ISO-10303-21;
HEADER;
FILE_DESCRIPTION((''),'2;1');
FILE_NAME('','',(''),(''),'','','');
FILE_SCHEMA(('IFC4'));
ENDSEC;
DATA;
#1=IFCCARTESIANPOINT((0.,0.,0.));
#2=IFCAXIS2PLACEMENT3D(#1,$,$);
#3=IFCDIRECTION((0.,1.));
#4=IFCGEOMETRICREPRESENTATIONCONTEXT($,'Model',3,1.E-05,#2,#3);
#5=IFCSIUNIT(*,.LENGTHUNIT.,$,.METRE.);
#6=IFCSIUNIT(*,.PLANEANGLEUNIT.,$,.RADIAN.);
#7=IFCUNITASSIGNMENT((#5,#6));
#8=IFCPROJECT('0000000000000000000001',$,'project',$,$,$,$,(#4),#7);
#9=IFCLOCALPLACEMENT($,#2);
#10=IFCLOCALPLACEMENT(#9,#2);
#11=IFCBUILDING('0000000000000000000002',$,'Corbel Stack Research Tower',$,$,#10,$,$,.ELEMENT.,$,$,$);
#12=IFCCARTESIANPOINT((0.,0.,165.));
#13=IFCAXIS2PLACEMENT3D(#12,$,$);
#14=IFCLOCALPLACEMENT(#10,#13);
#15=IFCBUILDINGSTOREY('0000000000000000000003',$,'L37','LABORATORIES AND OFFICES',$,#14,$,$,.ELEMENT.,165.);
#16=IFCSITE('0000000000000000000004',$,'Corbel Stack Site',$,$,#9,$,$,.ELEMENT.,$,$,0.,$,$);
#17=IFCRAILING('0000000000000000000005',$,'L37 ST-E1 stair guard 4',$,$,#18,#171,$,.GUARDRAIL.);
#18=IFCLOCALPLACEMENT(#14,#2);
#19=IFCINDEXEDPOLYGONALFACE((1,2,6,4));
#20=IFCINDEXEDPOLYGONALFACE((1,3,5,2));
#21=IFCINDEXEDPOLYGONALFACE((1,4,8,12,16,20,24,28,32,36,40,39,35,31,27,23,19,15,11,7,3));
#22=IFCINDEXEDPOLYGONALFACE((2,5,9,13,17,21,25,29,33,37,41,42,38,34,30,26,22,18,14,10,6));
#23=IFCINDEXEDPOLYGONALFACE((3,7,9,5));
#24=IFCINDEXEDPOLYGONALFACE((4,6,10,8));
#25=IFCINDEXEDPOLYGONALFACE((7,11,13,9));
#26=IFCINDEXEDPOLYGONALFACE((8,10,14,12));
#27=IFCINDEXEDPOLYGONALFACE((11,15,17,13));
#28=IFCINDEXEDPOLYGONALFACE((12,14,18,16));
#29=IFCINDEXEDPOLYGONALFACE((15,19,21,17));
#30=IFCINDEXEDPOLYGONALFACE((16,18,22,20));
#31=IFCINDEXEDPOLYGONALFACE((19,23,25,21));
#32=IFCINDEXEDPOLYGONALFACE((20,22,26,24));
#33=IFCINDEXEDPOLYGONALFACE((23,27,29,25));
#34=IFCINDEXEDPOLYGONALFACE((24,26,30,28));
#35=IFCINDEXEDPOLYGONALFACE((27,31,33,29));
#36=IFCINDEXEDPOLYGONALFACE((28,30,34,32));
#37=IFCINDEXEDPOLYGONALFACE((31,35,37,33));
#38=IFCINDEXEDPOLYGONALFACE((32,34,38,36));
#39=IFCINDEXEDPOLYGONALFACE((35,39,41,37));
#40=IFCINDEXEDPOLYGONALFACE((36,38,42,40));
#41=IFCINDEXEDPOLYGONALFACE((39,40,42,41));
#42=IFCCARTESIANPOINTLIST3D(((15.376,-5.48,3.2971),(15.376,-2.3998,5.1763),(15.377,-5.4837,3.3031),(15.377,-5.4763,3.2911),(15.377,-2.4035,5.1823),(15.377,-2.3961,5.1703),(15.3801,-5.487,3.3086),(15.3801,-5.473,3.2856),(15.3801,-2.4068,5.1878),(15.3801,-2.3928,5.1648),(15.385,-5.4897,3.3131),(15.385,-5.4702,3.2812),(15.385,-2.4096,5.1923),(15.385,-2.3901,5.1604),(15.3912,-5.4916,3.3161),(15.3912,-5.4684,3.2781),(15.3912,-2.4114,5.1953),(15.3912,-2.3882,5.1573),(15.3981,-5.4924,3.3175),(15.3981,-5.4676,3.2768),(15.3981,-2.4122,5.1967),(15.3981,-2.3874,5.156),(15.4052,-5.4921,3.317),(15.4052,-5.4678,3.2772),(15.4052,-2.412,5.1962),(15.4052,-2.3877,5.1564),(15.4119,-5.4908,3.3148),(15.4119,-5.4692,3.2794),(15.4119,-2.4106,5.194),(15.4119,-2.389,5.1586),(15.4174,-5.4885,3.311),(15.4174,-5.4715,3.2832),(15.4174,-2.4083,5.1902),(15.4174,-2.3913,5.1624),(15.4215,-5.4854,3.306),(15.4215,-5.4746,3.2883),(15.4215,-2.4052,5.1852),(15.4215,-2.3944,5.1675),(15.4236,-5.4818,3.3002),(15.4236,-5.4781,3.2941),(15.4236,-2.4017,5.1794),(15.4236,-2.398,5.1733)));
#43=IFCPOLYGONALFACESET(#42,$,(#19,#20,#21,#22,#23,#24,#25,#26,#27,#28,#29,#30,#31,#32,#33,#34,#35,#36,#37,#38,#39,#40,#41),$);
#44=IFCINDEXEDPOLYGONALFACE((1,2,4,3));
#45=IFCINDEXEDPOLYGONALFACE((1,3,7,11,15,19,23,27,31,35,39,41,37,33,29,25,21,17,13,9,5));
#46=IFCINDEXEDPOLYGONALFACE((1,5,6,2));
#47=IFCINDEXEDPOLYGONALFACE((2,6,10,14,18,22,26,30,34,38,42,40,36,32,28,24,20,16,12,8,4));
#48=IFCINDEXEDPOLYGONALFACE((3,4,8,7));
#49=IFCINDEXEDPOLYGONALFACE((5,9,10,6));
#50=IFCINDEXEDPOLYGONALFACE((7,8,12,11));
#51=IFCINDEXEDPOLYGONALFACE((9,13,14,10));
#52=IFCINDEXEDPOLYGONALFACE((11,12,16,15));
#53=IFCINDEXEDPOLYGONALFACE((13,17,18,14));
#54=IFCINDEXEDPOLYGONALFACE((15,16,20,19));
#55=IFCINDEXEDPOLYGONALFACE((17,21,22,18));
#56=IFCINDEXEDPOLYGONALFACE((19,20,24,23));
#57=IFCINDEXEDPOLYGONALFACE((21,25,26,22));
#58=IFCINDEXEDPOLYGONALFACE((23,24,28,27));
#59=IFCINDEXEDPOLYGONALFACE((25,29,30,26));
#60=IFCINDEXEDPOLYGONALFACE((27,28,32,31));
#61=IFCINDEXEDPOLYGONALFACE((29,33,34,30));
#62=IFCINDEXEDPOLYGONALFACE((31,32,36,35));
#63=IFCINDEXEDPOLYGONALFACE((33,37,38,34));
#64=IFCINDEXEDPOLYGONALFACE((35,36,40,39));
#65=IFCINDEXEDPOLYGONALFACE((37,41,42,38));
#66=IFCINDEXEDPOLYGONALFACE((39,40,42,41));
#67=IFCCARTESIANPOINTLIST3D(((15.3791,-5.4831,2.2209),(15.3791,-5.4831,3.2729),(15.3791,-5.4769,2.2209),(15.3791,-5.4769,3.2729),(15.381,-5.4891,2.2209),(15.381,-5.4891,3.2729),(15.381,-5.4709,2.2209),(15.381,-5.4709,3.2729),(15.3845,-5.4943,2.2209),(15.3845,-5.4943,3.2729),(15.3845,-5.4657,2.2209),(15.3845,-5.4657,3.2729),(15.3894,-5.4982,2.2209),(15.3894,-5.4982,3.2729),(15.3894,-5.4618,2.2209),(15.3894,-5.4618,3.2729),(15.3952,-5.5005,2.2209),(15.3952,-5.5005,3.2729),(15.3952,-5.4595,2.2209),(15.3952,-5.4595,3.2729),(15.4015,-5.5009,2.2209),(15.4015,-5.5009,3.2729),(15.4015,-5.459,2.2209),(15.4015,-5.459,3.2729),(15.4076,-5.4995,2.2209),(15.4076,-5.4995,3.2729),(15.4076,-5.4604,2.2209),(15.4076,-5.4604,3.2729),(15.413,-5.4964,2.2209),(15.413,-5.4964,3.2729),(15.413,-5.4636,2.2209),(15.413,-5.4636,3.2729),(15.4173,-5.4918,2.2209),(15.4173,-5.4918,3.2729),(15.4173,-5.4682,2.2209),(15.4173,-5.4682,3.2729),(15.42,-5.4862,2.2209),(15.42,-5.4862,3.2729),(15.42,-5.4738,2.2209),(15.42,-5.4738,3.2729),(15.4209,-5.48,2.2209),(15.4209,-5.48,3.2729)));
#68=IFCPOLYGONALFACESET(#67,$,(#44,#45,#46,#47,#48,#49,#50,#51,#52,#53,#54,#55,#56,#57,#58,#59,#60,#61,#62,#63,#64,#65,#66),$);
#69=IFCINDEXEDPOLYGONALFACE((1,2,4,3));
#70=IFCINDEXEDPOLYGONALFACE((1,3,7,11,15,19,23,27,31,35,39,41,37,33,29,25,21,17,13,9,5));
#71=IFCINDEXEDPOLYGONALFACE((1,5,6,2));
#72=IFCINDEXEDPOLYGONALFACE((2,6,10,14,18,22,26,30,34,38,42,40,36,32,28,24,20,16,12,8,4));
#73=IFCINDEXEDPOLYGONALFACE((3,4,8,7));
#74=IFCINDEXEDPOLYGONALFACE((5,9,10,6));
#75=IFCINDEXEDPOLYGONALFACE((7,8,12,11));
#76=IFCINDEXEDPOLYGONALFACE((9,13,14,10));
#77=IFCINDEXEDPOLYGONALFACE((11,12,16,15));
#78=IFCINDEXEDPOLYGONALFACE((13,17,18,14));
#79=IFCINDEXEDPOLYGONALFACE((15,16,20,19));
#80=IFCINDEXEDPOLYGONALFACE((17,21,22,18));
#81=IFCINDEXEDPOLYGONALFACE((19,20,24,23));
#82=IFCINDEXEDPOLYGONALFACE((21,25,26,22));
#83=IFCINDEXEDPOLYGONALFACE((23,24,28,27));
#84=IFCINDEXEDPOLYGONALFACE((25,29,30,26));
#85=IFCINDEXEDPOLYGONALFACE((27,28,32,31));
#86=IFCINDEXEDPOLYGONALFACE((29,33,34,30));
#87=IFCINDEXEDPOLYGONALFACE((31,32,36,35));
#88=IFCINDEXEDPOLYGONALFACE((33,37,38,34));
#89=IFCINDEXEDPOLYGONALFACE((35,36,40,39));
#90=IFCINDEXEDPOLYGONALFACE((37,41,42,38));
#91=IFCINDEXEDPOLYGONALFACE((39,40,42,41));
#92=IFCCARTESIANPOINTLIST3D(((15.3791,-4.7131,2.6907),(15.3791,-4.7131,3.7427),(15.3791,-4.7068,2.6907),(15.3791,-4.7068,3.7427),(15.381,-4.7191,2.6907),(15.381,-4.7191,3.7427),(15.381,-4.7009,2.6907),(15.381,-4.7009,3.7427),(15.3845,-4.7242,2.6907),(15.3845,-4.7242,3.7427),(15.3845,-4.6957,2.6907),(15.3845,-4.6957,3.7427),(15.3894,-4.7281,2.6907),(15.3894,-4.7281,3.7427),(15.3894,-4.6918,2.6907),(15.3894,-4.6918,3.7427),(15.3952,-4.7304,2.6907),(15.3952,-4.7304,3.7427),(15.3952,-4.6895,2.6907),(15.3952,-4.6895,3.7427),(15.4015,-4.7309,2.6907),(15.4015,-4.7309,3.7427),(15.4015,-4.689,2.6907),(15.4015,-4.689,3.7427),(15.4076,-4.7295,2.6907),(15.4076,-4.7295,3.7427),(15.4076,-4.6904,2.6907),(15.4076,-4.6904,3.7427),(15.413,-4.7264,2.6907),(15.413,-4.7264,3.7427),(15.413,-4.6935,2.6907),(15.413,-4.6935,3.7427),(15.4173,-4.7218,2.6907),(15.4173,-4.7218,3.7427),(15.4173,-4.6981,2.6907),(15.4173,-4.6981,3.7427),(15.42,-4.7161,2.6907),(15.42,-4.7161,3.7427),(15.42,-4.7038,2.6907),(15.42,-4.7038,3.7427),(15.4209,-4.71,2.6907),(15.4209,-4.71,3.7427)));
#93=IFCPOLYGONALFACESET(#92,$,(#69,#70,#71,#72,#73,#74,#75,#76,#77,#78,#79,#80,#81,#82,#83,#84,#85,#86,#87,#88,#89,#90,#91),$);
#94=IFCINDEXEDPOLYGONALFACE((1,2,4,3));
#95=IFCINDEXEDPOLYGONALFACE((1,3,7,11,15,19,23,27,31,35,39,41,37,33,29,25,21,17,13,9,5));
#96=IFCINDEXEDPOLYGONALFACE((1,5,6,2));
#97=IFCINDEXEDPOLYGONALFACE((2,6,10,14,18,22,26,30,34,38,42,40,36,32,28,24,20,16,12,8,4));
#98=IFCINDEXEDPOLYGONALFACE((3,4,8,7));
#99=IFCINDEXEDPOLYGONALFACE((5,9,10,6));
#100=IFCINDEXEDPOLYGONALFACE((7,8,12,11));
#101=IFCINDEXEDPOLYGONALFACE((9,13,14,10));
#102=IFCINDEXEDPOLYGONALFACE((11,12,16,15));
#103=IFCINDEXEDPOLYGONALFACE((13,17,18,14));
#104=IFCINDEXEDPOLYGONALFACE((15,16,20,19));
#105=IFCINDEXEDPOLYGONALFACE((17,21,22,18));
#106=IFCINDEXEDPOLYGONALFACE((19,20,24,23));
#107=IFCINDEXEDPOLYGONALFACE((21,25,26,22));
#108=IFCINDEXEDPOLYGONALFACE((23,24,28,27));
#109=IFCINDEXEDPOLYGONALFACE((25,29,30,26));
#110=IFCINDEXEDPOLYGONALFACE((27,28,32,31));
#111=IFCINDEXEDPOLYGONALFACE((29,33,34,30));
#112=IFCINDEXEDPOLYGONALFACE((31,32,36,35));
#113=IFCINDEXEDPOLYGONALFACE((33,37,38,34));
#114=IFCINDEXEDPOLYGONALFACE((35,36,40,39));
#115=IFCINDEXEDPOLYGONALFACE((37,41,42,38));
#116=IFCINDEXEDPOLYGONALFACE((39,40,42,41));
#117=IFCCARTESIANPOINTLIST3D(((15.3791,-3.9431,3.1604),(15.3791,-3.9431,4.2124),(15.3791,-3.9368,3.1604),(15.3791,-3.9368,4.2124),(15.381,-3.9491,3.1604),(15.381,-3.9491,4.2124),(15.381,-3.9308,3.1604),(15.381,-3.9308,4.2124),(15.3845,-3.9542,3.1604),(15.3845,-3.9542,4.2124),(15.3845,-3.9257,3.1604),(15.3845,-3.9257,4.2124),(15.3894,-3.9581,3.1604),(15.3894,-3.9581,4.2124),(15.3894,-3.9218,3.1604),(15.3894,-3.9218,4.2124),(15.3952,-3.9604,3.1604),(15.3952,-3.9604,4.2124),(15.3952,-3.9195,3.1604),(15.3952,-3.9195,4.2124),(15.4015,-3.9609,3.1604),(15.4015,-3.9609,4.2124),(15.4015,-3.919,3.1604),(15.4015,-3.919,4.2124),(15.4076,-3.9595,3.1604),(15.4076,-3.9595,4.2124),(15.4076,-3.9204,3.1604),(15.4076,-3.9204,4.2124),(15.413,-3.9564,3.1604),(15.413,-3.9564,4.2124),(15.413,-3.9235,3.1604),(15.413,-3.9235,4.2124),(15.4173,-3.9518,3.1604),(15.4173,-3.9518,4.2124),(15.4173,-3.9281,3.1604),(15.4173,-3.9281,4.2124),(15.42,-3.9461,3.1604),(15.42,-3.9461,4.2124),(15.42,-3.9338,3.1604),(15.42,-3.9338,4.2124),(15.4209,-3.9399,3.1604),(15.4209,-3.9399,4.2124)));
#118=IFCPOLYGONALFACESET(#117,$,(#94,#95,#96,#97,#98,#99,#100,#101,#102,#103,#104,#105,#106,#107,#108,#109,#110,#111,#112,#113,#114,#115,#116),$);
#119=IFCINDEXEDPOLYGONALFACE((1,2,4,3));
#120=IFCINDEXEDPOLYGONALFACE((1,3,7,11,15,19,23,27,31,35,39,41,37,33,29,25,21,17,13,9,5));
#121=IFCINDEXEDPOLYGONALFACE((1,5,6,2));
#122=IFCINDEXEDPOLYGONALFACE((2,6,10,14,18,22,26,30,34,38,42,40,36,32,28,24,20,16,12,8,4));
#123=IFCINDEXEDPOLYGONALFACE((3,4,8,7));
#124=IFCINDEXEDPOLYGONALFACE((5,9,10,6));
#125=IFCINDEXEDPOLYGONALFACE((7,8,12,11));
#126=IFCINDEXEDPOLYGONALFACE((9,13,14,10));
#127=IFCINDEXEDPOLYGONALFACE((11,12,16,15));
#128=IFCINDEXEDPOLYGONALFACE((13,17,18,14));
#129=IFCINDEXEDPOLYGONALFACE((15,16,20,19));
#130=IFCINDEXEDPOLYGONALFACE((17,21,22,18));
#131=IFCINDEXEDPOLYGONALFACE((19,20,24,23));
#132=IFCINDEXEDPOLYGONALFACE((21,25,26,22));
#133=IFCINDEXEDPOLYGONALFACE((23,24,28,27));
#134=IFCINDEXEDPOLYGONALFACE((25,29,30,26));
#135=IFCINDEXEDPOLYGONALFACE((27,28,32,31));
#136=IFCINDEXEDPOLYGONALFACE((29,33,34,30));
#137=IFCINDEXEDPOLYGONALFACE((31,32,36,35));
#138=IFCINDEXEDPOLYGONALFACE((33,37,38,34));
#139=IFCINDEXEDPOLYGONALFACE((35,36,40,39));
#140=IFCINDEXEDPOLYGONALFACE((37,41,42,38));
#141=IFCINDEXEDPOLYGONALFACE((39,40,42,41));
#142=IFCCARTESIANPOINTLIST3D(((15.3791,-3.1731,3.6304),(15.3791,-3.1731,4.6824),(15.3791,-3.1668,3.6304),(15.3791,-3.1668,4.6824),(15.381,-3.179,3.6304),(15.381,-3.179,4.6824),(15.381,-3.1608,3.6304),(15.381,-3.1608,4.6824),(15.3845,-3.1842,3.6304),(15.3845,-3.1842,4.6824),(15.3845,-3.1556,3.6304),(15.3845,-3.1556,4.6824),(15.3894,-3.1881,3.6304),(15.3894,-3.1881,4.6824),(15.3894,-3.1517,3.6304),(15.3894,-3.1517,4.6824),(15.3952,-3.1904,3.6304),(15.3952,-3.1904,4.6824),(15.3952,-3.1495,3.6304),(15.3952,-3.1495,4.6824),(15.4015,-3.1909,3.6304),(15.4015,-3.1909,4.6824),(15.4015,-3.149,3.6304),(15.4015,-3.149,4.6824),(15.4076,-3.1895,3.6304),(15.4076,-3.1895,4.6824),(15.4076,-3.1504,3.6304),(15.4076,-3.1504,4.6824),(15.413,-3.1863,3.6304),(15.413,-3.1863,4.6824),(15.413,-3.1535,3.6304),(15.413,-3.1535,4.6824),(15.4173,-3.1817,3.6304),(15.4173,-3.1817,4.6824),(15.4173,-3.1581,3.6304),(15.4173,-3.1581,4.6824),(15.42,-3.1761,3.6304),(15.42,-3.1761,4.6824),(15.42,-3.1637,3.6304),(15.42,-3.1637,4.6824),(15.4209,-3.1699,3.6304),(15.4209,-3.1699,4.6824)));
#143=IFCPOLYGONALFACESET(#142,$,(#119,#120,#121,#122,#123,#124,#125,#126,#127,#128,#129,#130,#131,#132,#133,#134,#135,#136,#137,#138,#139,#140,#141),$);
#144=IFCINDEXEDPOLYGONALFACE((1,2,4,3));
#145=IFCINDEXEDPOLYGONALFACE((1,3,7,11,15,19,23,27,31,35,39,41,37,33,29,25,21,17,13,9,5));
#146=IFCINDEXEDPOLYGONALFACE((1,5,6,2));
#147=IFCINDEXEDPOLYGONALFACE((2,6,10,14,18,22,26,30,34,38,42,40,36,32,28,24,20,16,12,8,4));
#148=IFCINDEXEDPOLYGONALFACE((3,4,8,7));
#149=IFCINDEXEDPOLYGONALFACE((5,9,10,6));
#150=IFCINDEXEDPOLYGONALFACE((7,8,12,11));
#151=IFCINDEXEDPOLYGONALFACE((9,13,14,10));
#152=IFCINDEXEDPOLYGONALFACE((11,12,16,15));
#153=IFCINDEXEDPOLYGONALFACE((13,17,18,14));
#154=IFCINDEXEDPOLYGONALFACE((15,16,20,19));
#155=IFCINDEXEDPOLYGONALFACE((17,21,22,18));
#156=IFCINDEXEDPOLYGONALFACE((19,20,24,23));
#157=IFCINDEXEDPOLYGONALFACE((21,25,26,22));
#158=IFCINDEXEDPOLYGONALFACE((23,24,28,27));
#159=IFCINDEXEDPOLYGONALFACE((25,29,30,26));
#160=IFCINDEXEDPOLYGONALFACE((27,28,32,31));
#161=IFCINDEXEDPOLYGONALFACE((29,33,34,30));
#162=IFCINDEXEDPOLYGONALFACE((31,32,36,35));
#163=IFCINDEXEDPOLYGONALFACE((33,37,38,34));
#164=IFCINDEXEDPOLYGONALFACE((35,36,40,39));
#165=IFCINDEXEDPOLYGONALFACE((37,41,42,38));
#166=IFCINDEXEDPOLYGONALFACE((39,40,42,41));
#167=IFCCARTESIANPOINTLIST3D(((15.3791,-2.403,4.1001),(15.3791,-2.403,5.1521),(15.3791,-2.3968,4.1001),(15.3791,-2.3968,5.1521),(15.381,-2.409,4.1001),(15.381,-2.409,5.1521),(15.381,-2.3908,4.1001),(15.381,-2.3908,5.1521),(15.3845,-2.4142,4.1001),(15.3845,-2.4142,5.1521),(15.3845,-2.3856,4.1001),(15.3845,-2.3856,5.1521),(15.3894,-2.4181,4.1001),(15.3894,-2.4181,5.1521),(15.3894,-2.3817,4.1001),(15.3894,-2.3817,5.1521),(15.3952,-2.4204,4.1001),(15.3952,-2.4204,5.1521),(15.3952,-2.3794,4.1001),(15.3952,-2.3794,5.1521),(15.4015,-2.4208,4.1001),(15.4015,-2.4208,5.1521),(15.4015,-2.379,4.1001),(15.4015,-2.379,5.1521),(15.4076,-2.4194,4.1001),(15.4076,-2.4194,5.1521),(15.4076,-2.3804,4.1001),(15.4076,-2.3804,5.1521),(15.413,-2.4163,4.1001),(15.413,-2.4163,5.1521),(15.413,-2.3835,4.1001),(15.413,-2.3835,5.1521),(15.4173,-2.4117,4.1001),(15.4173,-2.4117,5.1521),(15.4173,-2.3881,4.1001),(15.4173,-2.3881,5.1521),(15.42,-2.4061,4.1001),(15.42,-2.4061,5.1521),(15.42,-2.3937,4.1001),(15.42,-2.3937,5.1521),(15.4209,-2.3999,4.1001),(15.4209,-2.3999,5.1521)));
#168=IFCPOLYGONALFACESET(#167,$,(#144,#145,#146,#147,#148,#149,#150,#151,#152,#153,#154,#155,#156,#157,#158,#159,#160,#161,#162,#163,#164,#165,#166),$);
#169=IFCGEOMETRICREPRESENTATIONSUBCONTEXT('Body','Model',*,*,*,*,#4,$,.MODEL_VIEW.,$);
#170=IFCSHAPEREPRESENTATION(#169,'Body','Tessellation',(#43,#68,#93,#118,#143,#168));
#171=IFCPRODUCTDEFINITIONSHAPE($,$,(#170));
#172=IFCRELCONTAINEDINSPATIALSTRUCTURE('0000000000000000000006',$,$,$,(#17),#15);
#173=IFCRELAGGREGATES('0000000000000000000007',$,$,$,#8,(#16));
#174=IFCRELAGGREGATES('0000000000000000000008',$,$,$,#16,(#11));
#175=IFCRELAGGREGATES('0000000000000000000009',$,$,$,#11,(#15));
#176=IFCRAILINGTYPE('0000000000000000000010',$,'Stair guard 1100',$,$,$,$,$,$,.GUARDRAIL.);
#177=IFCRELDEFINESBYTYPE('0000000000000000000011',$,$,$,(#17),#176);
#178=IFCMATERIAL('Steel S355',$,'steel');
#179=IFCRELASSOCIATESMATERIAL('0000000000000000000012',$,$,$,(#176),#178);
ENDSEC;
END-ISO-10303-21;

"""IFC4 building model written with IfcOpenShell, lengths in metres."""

from ifc_helpers import new_model, si_unit, direction, frame, origin, origin_2d, place, context, subcontext, project, spatial, circle, extrude, material, type_object, element, save


model = new_model("IFC4")

# Units and contexts
model_context = context("Model", 3, precision=1e-05, world=origin(), true_north=direction((0.0, 1.0)))
body_context = subcontext(model_context, "Body", "Model", "MODEL_VIEW")
ifc_project = project(units=[si_unit("LENGTHUNIT", "METRE"), si_unit("PLANEANGLEUNIT", "RADIAN")], contexts=[model_context])

# Site, building, storey
site_placement = place(None, origin())
site = spatial("IfcSite", under=ifc_project, at=site_placement, Name="Corbel Stack Site", CompositionType="ELEMENT", RefElevation=0.0)
building_placement = place(site_placement, origin())
building = spatial("IfcBuilding", under=site, at=building_placement, Name="Corbel Stack Research Tower", CompositionType="ELEMENT")
storey_placement = place(building_placement, frame((0.0, 0.0, 165.0)))
storey = spatial("IfcBuildingStorey", under=building, at=storey_placement, Name="L37", Description="LABORATORIES AND OFFICES", CompositionType="ELEMENT", Elevation=165.0)

# Railing
ifc_material_1 = material(Name="Steel S355", Category="steel")
railing_type_1 = type_object("IfcRailingType", Name="Stair guard 1100", PredefinedType="GUARDRAIL", material=ifc_material_1)
railing_1_placement = place(storey_placement, frame((15.3999, -5.48, 2.2209)))
element("IfcRailing", 1, at=railing_1_placement, inside=storey, type_object=railing_type_1, Name="L37 ST-E1 stair guard 4", PredefinedType="GUARDRAIL", context=body_context, shape_type="SweptSolid", body=[
    extrude(circle(Radius=0.0239, at=origin_2d()), frame((0.0, 0.0, 1.0762), z_axis=(0.0, 0.853666, 0.52082), x_axis=(-1.0, 0.0, 0.0)), (0.0, 0.0, 1.0), 3.6082),
    extrude(circle(Radius=0.021, at=origin_2d()), origin(), (0.0, 0.0, 1.0), 1.052),
    extrude(circle(Radius=0.021, at=origin_2d()), frame((0.0, 0.77, 0.4697)), (0.0, 0.0, 1.0), 1.052),
    extrude(circle(Radius=0.021, at=origin_2d()), frame((0.0, 1.54, 0.9395)), (0.0, 0.0, 1.0), 1.052),
    extrude(circle(Radius=0.021, at=origin_2d()), frame((0.0, 2.3101, 1.4094)), (0.0, 0.0, 1.0), 1.052),
    extrude(circle(Radius=0.021, at=origin_2d()), frame((0.0, 3.0801, 1.8792)), (0.0, 0.0, 1.0), 1.052),
])

save(model, "model.ifc")
